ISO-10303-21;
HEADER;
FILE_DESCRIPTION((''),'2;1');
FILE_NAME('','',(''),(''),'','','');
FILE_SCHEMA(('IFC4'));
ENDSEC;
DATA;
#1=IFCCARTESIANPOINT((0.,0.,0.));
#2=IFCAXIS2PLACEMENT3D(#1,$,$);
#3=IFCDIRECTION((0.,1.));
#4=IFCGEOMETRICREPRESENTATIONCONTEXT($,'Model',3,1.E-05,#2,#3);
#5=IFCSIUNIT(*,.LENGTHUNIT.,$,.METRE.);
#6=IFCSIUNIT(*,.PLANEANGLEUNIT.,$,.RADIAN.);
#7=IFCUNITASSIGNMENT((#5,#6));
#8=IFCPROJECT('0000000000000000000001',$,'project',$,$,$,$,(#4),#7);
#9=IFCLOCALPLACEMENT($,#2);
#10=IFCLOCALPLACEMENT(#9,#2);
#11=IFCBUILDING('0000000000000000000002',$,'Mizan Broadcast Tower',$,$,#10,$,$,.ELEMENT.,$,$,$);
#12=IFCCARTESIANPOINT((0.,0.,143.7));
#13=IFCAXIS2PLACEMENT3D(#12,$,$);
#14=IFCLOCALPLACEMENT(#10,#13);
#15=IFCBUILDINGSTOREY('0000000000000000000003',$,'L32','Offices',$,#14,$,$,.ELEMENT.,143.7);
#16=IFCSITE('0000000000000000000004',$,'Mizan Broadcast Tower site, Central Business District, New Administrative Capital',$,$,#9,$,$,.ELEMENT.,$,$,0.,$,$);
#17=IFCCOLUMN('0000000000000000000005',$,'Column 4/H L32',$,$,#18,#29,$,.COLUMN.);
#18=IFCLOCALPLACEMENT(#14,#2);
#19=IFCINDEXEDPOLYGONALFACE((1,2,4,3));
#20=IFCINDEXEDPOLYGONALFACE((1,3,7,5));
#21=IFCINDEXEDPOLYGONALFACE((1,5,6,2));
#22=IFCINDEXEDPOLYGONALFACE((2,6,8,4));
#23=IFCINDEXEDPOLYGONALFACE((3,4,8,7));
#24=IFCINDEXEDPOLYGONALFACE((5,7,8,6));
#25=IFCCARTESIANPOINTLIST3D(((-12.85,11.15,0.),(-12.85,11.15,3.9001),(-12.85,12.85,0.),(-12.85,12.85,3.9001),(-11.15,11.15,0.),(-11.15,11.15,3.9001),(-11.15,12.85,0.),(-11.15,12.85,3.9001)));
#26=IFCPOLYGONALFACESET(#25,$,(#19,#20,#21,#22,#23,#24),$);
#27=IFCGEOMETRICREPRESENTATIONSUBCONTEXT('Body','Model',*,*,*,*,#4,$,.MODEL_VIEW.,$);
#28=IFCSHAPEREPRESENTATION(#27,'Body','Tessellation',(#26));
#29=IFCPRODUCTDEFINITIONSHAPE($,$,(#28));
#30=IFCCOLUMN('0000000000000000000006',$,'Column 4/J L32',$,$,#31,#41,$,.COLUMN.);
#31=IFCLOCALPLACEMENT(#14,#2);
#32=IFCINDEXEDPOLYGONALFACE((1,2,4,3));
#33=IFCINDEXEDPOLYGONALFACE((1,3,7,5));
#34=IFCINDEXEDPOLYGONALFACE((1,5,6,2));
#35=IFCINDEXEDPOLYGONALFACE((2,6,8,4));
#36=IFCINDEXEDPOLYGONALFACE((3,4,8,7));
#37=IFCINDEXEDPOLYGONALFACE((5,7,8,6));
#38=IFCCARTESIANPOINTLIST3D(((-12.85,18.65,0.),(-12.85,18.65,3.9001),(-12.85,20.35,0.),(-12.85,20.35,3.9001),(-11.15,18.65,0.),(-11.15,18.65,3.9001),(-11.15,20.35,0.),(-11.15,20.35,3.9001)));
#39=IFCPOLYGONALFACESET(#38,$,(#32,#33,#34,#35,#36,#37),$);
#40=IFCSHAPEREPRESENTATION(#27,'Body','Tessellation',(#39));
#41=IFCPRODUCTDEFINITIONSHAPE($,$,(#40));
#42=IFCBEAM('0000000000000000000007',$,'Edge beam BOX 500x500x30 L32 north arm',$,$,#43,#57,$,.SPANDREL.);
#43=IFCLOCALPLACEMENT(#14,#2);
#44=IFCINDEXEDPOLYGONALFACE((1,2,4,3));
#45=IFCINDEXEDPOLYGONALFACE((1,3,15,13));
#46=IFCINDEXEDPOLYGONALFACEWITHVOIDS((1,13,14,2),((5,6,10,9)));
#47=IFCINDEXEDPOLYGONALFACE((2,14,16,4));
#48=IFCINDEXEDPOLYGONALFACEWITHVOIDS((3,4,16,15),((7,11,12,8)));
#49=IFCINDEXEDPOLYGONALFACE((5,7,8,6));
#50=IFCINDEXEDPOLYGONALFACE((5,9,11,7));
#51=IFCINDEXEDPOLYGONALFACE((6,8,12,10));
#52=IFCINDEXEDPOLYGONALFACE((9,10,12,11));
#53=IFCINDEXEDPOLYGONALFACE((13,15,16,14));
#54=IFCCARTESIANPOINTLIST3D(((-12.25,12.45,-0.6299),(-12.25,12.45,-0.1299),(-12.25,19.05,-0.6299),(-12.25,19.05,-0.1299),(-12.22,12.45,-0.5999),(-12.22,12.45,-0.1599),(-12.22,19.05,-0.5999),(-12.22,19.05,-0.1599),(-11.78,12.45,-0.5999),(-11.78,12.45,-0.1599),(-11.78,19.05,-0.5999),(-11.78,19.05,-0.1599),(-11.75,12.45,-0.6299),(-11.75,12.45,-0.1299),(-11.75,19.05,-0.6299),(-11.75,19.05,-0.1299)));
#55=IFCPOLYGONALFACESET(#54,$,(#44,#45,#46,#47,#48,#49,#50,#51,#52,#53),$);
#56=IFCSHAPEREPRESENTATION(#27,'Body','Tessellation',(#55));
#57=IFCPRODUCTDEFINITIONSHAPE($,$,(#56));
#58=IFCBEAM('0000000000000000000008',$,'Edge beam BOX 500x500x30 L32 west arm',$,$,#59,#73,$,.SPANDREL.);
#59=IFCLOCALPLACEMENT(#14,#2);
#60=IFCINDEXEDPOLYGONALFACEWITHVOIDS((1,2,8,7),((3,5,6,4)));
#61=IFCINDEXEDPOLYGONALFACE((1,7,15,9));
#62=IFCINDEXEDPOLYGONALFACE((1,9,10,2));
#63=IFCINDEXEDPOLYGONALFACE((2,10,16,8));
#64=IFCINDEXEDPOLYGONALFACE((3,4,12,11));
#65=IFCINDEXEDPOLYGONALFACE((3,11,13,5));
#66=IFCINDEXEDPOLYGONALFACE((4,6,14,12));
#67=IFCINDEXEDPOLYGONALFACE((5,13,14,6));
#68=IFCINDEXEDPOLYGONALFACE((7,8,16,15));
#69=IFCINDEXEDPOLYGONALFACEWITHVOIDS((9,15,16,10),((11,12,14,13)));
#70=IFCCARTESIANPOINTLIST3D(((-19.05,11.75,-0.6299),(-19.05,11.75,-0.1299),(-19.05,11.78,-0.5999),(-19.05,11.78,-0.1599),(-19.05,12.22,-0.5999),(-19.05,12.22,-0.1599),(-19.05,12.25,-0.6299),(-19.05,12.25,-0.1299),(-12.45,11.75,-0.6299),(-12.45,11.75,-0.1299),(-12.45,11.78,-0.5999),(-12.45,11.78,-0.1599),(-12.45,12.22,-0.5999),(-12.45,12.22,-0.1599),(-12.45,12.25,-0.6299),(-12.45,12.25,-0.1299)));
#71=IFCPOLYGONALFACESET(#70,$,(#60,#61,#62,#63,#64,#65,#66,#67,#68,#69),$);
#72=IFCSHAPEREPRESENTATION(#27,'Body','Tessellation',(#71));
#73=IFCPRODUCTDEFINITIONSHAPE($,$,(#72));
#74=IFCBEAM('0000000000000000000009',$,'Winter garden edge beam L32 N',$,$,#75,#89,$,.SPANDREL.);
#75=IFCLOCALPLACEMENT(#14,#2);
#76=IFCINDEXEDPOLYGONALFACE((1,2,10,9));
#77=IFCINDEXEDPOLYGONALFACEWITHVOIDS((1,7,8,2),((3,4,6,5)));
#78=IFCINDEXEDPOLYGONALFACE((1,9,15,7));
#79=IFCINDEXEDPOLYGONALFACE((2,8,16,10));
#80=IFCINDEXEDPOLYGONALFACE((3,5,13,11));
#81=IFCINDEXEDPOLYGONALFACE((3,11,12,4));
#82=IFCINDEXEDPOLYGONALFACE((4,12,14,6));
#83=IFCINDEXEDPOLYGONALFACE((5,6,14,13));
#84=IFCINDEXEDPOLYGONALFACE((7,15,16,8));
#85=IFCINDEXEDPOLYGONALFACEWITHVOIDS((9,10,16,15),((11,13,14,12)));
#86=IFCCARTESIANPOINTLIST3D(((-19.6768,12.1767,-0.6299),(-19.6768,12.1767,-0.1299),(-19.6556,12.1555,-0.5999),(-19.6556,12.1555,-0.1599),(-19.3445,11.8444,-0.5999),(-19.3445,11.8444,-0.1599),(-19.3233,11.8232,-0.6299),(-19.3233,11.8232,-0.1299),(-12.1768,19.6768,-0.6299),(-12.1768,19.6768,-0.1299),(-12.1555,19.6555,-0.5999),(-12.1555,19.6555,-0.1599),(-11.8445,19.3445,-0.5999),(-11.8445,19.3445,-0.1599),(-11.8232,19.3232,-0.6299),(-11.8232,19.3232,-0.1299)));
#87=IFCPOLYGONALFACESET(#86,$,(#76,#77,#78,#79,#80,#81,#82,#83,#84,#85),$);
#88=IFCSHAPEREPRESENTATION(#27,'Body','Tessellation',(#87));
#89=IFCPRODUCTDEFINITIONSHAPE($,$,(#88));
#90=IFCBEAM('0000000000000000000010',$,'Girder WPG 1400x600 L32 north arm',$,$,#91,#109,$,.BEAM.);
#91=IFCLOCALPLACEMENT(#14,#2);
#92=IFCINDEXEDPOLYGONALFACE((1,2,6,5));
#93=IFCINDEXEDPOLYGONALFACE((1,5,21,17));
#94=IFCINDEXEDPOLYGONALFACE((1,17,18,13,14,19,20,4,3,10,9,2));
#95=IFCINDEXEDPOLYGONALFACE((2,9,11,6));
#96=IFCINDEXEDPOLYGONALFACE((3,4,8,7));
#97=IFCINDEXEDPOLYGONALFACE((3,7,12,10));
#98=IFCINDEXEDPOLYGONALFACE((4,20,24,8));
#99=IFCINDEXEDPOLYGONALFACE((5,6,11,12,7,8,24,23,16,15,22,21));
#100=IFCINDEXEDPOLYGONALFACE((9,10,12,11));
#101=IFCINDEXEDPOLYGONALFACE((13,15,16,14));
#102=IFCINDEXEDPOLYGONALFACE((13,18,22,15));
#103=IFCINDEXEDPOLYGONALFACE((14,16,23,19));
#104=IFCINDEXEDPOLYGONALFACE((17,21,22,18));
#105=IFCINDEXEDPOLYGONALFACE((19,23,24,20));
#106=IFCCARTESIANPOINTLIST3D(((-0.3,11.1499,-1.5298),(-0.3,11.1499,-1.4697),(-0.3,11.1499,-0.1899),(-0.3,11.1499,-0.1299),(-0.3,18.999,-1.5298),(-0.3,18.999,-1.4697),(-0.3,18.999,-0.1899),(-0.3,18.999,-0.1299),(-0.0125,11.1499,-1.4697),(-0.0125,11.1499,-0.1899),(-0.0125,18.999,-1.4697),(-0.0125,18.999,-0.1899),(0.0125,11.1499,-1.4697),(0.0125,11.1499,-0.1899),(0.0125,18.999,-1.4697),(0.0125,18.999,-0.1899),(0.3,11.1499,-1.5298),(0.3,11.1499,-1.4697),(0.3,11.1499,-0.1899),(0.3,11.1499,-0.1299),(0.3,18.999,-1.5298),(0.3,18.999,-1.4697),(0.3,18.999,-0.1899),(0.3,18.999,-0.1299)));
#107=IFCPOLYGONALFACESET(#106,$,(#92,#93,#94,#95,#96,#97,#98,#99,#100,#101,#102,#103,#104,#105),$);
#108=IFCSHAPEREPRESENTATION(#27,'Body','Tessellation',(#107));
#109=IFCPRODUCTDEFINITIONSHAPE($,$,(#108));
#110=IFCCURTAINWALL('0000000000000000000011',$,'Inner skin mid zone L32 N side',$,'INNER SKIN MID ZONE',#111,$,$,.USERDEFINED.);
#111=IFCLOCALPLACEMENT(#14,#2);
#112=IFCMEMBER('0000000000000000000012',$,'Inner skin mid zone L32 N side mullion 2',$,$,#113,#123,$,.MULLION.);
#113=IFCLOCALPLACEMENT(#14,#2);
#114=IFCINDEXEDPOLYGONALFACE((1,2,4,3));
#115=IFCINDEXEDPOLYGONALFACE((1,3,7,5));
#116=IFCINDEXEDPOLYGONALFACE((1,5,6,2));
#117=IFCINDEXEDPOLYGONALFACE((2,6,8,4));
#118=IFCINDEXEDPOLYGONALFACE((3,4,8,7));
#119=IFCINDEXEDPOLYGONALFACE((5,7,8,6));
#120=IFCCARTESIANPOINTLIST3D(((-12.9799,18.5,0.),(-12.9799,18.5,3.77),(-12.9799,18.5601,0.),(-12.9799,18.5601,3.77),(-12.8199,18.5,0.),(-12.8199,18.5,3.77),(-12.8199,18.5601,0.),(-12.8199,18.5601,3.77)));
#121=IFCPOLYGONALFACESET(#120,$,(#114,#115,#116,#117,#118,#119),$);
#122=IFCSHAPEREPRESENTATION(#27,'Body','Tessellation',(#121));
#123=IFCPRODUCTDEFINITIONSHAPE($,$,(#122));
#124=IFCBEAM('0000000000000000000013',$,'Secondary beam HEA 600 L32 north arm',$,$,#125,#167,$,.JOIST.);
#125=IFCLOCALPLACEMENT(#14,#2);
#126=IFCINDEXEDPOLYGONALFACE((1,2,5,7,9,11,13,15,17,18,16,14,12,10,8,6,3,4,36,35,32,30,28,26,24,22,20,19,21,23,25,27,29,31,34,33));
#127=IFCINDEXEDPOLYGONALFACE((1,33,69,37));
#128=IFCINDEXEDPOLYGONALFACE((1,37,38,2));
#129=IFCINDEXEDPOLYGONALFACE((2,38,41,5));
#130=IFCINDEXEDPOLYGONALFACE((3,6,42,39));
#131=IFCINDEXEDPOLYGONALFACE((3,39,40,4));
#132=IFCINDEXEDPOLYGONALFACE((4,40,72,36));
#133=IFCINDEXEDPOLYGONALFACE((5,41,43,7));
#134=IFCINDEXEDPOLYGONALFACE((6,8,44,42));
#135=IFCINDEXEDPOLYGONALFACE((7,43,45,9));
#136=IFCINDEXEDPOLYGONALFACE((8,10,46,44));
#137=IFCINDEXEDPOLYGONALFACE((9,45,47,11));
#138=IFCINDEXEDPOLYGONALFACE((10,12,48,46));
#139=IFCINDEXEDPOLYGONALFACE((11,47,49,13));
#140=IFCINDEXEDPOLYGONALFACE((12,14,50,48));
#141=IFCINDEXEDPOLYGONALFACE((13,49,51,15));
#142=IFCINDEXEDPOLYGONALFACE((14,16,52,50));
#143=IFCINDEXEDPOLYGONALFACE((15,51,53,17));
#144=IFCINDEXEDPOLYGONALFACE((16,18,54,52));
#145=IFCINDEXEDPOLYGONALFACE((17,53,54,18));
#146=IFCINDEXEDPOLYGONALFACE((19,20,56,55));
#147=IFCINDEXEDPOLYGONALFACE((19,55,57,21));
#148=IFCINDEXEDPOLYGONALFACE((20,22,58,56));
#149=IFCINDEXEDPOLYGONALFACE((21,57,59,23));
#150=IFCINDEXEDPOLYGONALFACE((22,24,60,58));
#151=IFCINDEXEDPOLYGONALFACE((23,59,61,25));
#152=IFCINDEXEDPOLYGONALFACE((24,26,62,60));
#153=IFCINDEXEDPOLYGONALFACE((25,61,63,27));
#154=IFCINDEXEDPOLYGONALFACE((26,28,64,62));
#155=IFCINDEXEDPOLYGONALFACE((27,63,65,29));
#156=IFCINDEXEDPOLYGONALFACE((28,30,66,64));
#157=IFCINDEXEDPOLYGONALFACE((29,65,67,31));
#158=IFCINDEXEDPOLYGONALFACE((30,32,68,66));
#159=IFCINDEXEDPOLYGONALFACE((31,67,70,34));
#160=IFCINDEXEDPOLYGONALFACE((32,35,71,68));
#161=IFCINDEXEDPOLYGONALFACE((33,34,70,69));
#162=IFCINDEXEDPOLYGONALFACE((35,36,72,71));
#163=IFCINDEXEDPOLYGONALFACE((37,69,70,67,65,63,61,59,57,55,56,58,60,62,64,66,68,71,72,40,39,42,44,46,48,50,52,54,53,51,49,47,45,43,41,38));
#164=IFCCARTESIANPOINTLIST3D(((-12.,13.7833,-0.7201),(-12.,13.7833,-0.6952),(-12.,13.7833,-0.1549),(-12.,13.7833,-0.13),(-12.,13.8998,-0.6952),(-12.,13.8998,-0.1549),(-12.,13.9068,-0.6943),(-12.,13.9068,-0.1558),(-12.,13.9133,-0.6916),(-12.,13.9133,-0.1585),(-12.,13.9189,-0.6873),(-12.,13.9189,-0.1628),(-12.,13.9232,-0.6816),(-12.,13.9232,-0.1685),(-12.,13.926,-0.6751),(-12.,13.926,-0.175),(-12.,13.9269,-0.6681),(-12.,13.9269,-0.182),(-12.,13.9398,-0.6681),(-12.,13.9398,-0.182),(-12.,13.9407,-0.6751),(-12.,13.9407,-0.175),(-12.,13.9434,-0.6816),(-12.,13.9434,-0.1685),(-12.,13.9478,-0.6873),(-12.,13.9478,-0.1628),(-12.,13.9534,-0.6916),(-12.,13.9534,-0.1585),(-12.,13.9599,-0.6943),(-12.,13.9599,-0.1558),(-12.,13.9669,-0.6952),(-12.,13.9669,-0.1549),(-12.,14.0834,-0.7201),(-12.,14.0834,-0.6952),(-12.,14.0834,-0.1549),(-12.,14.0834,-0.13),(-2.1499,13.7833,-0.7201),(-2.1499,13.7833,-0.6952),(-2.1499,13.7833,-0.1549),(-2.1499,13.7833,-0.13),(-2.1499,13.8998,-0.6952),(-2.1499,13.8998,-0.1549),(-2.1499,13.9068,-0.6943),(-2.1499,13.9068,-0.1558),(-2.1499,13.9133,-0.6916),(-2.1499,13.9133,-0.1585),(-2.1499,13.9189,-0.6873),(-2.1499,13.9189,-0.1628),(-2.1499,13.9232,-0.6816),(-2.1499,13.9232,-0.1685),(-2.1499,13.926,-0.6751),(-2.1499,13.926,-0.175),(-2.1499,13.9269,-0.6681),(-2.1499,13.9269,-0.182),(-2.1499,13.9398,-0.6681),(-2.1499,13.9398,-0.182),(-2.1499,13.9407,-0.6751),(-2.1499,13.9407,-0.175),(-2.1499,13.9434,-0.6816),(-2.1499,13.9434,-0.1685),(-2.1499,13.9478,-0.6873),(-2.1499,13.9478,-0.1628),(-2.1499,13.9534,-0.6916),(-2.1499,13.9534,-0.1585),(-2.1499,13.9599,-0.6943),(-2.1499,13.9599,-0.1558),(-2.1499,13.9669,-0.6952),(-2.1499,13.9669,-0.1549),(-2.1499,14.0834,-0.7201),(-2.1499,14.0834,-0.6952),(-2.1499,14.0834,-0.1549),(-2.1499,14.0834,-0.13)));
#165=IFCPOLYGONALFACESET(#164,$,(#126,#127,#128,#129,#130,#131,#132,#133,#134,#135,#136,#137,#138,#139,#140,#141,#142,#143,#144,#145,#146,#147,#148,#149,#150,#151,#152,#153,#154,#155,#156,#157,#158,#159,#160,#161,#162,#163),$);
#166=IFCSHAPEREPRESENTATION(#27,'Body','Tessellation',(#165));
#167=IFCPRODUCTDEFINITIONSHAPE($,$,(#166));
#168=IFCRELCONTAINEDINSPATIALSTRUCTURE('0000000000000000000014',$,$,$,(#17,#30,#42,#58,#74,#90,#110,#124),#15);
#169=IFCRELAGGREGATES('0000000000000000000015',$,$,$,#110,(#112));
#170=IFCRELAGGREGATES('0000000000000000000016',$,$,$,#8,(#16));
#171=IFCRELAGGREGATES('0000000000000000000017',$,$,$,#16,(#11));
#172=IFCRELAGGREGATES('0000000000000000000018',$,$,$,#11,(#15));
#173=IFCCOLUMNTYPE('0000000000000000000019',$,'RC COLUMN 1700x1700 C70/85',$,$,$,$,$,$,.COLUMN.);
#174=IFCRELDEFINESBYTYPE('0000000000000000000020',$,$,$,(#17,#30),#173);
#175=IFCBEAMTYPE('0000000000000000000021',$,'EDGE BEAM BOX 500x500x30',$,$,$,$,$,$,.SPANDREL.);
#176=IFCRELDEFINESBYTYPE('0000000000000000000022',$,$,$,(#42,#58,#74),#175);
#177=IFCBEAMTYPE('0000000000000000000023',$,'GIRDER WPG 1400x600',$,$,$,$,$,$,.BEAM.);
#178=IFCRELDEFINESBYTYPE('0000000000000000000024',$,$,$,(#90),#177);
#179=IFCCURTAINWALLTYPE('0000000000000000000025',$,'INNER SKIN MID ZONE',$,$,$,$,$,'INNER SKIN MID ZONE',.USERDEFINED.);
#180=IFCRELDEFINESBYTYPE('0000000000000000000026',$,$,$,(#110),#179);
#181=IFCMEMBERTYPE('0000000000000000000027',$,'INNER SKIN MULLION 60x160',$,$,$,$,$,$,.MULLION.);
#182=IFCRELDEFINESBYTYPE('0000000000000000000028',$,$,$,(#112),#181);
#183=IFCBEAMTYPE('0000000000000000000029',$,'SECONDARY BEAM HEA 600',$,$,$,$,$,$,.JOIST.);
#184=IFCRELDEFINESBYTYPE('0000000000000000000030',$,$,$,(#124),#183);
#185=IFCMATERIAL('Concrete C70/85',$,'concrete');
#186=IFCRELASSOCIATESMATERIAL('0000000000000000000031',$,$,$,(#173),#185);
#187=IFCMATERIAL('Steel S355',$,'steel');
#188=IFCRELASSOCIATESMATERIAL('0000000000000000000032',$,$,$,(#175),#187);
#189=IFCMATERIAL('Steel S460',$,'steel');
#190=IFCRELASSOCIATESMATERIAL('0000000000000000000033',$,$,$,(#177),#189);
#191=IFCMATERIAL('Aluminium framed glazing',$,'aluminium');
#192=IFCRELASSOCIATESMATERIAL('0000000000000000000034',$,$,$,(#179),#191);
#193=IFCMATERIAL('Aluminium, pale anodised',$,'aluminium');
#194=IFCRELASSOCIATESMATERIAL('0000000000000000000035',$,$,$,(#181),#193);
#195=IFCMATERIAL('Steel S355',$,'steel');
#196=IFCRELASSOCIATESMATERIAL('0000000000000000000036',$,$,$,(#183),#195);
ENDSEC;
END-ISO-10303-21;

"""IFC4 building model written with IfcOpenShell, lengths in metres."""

from ifc_helpers import new_model, si_unit, direction, frame, origin, origin_2d, place, context, subcontext, project, spatial, rectangle, hollow_rectangle, i_section, extrude, material, material_profile, profile_set, type_object, element, aggregate, save


model = new_model("IFC4")

# Units and contexts
model_context = context("Model", 3, precision=1e-05, world=origin(), true_north=direction((0.0, 1.0)))
body_context = subcontext(model_context, "Body", "Model", "MODEL_VIEW")
ifc_project = project(units=[si_unit("LENGTHUNIT", "METRE"), si_unit("PLANEANGLEUNIT", "RADIAN")], contexts=[model_context])

# Site, building, storey
site_placement = place(None, origin())
site = spatial("IfcSite", under=ifc_project, at=site_placement, Name="Mizan Broadcast Tower site, Central Business District, New Administrative Capital", CompositionType="ELEMENT", RefElevation=0.0)
building_placement = place(site_placement, origin())
building = spatial("IfcBuilding", under=site, at=building_placement, Name="Mizan Broadcast Tower", CompositionType="ELEMENT")
storey_placement = place(building_placement, frame((0.0, 0.0, 143.7)))
storey = spatial("IfcBuildingStorey", under=building, at=storey_placement, Name="L32", Description="Offices", CompositionType="ELEMENT", Elevation=143.7)

# Columns
ifc_material_1 = material(Name="Concrete C70/85", Category="concrete")
ifc_material_profile_1 = material_profile(ifc_material_1, rectangle(XDim=1.7, YDim=1.7, at=origin_2d()), Name="RC 1700x1700")
ifc_profile_set_1 = profile_set([ifc_material_profile_1], Name="Concrete C70/85")
column_type = type_object("IfcColumnType", Name="RC COLUMN 1700x1700 C70/85", PredefinedType="COLUMN", material=ifc_profile_set_1)
for number, where, z_axis, x_axis, name in (
    (1, (-12.0, 12.0, 0.0), (0.0, 0.0, 1.0), (1.0, 0.0, 0.0), "Column 4/H L32"),
    (2, (-12.0, 19.5, 0.0), (0.0, 0.0, 1.0), (1.0, 0.0, 0.0), "Column 4/J L32"),
):
    element("IfcColumn", number, at=place(storey_placement, frame(where, z_axis=z_axis, x_axis=x_axis)), inside=storey, type_object=column_type, Name=name, PredefinedType="COLUMN", context=body_context, shape_type="SweptSolid", body=[
        extrude(rectangle(XDim=1.7, YDim=1.7, at=origin_2d()), origin(), (0.0, 0.0, 1.0), 3.9001),
    ])

# Beams
ifc_material_2 = material(Name="Steel S355", Category="steel")
ifc_material_profile_2 = material_profile(ifc_material_2, hollow_rectangle(XDim=0.5, YDim=0.5, WallThickness=0.03, at=origin_2d()), Name="BOX 500x500x30")
ifc_profile_set_2 = profile_set([ifc_material_profile_2], Name="Steel S355")
beam_type_1 = type_object("IfcBeamType", Name="EDGE BEAM BOX 500x500x30", PredefinedType="SPANDREL", material=ifc_profile_set_2)
for number, where, z_axis, x_axis, name in (
    (3, (-12.0, 12.45, -0.3799), (0.0, 1.0, 0.0), (-1.0, 0.0, 0.0), "Edge beam BOX 500x500x30 L32 north arm"),
    (4, (-12.45, 12.0, -0.3799), (-1.0, 0.0, 0.0), (0.0, -1.0, 0.0), "Edge beam BOX 500x500x30 L32 west arm"),
):
    element("IfcBeam", number, at=place(storey_placement, frame(where, z_axis=z_axis, x_axis=x_axis)), inside=storey, type_object=beam_type_1, Name=name, PredefinedType="SPANDREL", context=body_context, shape_type="SweptSolid", body=[
        extrude(hollow_rectangle(XDim=0.5, YDim=0.5, WallThickness=0.03, at=origin_2d()), origin(), (0.0, 0.0, 1.0), 6.6001),
    ])
beam_1_placement = place(storey_placement, frame((-12.0, 19.5, -0.3799), z_axis=(-0.707107, -0.707107, 0.0), x_axis=(0.707107, -0.707107, 0.0)))
element("IfcBeam", 5, at=beam_1_placement, inside=storey, type_object=beam_type_1, Name="Winter garden edge beam L32 N", PredefinedType="SPANDREL", context=body_context, shape_type="SweptSolid", body=[
    extrude(hollow_rectangle(XDim=0.5, YDim=0.5, WallThickness=0.03, at=origin_2d()), origin(), (0.0, 0.0, 1.0), 10.6067),
])
ifc_material_3 = material(Name="Steel S460", Category="steel")
ifc_material_profile_3 = material_profile(ifc_material_3, i_section(OverallWidth=0.6001, OverallDepth=1.3999, WebThickness=0.0249, FlangeThickness=0.0601, at=origin_2d()), Name="WPG 1400x600")
ifc_profile_set_3 = profile_set([ifc_material_profile_3], Name="Steel S460")
beam_type_2 = type_object("IfcBeamType", Name="GIRDER WPG 1400x600", PredefinedType="BEAM", material=ifc_profile_set_3)
beam_2_placement = place(storey_placement, frame((0.0, 11.1499, -0.8298), z_axis=(0.0, 1.0, 0.0), x_axis=(-1.0, 0.0, 0.0)))
element("IfcBeam", 6, at=beam_2_placement, inside=storey, type_object=beam_type_2, Name="Girder WPG 1400x600 L32 north arm", PredefinedType="BEAM", context=body_context, shape_type="SweptSolid", body=[
    extrude(i_section(OverallWidth=0.6001, OverallDepth=1.3999, WebThickness=0.0249, FlangeThickness=0.0601, at=origin_2d()), origin(), (0.0, 0.0, 1.0), 7.8491),
])

# Curtain wall, member
ifc_material_4 = material(Name="Aluminium framed glazing", Category="aluminium")
curtain_wall_type = type_object("IfcCurtainWallType", Name="INNER SKIN MID ZONE", ElementType="INNER SKIN MID ZONE", PredefinedType="USERDEFINED", material=ifc_material_4)
curtain_wall_placement = place(storey_placement, origin())
curtain_wall = element("IfcCurtainWall", 7, at=curtain_wall_placement, inside=storey, type_object=curtain_wall_type, Name="Inner skin mid zone L32 N side", ObjectType="INNER SKIN MID ZONE", PredefinedType="USERDEFINED")
ifc_material_5 = material(Name="Aluminium, pale anodised", Category="aluminium")
ifc_material_profile_4 = material_profile(ifc_material_5, rectangle(XDim=0.1599, YDim=0.0601, at=origin_2d()), Name="MULLION 160x60")
ifc_profile_set_4 = profile_set([ifc_material_profile_4], Name="Aluminium, pale anodised")
member_type = type_object("IfcMemberType", Name="INNER SKIN MULLION 60x160", PredefinedType="MULLION", material=ifc_profile_set_4)
member_placement = place(storey_placement, frame((-12.8999, 18.53, 0.0), z_axis=(0.0, 0.0, 1.0), x_axis=(1.0, 0.0, 0.0)))
member = element("IfcMember", 8, at=member_placement, type_object=member_type, Name="Inner skin mid zone L32 N side mullion 2", PredefinedType="MULLION", context=body_context, shape_type="SweptSolid", body=[
    extrude(rectangle(XDim=0.1599, YDim=0.0601, at=origin_2d()), origin(), (0.0, 0.0, 1.0), 3.77),
])
aggregate(curtain_wall, [member])

# Beam
ifc_material_6 = material(Name="Steel S355", Category="steel")
ifc_material_profile_5 = material_profile(ifc_material_6, i_section(OverallWidth=0.3, OverallDepth=0.5901, WebThickness=0.0129, FlangeThickness=0.0249, FilletRadius=0.0271, at=origin_2d()), Name="HEA 600")
ifc_profile_set_5 = profile_set([ifc_material_profile_5], Name="Steel S355")
beam_type_3 = type_object("IfcBeamType", Name="SECONDARY BEAM HEA 600", PredefinedType="JOIST", material=ifc_profile_set_5)
for number, where, z_axis, x_axis, name in (
    (9, (-12.0, 13.9333, -0.425), (1.0, 0.0, 0.0), (0.0, 1.0, 0.0), "Secondary beam HEA 600 L32 north arm"),
):
    element("IfcBeam", number, at=place(storey_placement, frame(where, z_axis=z_axis, x_axis=x_axis)), inside=storey, type_object=beam_type_3, Name=name, PredefinedType="JOIST", context=body_context, shape_type="SweptSolid", body=[
        extrude(i_section(OverallWidth=0.3, OverallDepth=0.5901, WebThickness=0.0129, FlangeThickness=0.0249, FilletRadius=0.0271, at=origin_2d()), origin(), (0.0, 0.0, 1.0), 9.8501),
    ])

save(model, "model.ifc")
